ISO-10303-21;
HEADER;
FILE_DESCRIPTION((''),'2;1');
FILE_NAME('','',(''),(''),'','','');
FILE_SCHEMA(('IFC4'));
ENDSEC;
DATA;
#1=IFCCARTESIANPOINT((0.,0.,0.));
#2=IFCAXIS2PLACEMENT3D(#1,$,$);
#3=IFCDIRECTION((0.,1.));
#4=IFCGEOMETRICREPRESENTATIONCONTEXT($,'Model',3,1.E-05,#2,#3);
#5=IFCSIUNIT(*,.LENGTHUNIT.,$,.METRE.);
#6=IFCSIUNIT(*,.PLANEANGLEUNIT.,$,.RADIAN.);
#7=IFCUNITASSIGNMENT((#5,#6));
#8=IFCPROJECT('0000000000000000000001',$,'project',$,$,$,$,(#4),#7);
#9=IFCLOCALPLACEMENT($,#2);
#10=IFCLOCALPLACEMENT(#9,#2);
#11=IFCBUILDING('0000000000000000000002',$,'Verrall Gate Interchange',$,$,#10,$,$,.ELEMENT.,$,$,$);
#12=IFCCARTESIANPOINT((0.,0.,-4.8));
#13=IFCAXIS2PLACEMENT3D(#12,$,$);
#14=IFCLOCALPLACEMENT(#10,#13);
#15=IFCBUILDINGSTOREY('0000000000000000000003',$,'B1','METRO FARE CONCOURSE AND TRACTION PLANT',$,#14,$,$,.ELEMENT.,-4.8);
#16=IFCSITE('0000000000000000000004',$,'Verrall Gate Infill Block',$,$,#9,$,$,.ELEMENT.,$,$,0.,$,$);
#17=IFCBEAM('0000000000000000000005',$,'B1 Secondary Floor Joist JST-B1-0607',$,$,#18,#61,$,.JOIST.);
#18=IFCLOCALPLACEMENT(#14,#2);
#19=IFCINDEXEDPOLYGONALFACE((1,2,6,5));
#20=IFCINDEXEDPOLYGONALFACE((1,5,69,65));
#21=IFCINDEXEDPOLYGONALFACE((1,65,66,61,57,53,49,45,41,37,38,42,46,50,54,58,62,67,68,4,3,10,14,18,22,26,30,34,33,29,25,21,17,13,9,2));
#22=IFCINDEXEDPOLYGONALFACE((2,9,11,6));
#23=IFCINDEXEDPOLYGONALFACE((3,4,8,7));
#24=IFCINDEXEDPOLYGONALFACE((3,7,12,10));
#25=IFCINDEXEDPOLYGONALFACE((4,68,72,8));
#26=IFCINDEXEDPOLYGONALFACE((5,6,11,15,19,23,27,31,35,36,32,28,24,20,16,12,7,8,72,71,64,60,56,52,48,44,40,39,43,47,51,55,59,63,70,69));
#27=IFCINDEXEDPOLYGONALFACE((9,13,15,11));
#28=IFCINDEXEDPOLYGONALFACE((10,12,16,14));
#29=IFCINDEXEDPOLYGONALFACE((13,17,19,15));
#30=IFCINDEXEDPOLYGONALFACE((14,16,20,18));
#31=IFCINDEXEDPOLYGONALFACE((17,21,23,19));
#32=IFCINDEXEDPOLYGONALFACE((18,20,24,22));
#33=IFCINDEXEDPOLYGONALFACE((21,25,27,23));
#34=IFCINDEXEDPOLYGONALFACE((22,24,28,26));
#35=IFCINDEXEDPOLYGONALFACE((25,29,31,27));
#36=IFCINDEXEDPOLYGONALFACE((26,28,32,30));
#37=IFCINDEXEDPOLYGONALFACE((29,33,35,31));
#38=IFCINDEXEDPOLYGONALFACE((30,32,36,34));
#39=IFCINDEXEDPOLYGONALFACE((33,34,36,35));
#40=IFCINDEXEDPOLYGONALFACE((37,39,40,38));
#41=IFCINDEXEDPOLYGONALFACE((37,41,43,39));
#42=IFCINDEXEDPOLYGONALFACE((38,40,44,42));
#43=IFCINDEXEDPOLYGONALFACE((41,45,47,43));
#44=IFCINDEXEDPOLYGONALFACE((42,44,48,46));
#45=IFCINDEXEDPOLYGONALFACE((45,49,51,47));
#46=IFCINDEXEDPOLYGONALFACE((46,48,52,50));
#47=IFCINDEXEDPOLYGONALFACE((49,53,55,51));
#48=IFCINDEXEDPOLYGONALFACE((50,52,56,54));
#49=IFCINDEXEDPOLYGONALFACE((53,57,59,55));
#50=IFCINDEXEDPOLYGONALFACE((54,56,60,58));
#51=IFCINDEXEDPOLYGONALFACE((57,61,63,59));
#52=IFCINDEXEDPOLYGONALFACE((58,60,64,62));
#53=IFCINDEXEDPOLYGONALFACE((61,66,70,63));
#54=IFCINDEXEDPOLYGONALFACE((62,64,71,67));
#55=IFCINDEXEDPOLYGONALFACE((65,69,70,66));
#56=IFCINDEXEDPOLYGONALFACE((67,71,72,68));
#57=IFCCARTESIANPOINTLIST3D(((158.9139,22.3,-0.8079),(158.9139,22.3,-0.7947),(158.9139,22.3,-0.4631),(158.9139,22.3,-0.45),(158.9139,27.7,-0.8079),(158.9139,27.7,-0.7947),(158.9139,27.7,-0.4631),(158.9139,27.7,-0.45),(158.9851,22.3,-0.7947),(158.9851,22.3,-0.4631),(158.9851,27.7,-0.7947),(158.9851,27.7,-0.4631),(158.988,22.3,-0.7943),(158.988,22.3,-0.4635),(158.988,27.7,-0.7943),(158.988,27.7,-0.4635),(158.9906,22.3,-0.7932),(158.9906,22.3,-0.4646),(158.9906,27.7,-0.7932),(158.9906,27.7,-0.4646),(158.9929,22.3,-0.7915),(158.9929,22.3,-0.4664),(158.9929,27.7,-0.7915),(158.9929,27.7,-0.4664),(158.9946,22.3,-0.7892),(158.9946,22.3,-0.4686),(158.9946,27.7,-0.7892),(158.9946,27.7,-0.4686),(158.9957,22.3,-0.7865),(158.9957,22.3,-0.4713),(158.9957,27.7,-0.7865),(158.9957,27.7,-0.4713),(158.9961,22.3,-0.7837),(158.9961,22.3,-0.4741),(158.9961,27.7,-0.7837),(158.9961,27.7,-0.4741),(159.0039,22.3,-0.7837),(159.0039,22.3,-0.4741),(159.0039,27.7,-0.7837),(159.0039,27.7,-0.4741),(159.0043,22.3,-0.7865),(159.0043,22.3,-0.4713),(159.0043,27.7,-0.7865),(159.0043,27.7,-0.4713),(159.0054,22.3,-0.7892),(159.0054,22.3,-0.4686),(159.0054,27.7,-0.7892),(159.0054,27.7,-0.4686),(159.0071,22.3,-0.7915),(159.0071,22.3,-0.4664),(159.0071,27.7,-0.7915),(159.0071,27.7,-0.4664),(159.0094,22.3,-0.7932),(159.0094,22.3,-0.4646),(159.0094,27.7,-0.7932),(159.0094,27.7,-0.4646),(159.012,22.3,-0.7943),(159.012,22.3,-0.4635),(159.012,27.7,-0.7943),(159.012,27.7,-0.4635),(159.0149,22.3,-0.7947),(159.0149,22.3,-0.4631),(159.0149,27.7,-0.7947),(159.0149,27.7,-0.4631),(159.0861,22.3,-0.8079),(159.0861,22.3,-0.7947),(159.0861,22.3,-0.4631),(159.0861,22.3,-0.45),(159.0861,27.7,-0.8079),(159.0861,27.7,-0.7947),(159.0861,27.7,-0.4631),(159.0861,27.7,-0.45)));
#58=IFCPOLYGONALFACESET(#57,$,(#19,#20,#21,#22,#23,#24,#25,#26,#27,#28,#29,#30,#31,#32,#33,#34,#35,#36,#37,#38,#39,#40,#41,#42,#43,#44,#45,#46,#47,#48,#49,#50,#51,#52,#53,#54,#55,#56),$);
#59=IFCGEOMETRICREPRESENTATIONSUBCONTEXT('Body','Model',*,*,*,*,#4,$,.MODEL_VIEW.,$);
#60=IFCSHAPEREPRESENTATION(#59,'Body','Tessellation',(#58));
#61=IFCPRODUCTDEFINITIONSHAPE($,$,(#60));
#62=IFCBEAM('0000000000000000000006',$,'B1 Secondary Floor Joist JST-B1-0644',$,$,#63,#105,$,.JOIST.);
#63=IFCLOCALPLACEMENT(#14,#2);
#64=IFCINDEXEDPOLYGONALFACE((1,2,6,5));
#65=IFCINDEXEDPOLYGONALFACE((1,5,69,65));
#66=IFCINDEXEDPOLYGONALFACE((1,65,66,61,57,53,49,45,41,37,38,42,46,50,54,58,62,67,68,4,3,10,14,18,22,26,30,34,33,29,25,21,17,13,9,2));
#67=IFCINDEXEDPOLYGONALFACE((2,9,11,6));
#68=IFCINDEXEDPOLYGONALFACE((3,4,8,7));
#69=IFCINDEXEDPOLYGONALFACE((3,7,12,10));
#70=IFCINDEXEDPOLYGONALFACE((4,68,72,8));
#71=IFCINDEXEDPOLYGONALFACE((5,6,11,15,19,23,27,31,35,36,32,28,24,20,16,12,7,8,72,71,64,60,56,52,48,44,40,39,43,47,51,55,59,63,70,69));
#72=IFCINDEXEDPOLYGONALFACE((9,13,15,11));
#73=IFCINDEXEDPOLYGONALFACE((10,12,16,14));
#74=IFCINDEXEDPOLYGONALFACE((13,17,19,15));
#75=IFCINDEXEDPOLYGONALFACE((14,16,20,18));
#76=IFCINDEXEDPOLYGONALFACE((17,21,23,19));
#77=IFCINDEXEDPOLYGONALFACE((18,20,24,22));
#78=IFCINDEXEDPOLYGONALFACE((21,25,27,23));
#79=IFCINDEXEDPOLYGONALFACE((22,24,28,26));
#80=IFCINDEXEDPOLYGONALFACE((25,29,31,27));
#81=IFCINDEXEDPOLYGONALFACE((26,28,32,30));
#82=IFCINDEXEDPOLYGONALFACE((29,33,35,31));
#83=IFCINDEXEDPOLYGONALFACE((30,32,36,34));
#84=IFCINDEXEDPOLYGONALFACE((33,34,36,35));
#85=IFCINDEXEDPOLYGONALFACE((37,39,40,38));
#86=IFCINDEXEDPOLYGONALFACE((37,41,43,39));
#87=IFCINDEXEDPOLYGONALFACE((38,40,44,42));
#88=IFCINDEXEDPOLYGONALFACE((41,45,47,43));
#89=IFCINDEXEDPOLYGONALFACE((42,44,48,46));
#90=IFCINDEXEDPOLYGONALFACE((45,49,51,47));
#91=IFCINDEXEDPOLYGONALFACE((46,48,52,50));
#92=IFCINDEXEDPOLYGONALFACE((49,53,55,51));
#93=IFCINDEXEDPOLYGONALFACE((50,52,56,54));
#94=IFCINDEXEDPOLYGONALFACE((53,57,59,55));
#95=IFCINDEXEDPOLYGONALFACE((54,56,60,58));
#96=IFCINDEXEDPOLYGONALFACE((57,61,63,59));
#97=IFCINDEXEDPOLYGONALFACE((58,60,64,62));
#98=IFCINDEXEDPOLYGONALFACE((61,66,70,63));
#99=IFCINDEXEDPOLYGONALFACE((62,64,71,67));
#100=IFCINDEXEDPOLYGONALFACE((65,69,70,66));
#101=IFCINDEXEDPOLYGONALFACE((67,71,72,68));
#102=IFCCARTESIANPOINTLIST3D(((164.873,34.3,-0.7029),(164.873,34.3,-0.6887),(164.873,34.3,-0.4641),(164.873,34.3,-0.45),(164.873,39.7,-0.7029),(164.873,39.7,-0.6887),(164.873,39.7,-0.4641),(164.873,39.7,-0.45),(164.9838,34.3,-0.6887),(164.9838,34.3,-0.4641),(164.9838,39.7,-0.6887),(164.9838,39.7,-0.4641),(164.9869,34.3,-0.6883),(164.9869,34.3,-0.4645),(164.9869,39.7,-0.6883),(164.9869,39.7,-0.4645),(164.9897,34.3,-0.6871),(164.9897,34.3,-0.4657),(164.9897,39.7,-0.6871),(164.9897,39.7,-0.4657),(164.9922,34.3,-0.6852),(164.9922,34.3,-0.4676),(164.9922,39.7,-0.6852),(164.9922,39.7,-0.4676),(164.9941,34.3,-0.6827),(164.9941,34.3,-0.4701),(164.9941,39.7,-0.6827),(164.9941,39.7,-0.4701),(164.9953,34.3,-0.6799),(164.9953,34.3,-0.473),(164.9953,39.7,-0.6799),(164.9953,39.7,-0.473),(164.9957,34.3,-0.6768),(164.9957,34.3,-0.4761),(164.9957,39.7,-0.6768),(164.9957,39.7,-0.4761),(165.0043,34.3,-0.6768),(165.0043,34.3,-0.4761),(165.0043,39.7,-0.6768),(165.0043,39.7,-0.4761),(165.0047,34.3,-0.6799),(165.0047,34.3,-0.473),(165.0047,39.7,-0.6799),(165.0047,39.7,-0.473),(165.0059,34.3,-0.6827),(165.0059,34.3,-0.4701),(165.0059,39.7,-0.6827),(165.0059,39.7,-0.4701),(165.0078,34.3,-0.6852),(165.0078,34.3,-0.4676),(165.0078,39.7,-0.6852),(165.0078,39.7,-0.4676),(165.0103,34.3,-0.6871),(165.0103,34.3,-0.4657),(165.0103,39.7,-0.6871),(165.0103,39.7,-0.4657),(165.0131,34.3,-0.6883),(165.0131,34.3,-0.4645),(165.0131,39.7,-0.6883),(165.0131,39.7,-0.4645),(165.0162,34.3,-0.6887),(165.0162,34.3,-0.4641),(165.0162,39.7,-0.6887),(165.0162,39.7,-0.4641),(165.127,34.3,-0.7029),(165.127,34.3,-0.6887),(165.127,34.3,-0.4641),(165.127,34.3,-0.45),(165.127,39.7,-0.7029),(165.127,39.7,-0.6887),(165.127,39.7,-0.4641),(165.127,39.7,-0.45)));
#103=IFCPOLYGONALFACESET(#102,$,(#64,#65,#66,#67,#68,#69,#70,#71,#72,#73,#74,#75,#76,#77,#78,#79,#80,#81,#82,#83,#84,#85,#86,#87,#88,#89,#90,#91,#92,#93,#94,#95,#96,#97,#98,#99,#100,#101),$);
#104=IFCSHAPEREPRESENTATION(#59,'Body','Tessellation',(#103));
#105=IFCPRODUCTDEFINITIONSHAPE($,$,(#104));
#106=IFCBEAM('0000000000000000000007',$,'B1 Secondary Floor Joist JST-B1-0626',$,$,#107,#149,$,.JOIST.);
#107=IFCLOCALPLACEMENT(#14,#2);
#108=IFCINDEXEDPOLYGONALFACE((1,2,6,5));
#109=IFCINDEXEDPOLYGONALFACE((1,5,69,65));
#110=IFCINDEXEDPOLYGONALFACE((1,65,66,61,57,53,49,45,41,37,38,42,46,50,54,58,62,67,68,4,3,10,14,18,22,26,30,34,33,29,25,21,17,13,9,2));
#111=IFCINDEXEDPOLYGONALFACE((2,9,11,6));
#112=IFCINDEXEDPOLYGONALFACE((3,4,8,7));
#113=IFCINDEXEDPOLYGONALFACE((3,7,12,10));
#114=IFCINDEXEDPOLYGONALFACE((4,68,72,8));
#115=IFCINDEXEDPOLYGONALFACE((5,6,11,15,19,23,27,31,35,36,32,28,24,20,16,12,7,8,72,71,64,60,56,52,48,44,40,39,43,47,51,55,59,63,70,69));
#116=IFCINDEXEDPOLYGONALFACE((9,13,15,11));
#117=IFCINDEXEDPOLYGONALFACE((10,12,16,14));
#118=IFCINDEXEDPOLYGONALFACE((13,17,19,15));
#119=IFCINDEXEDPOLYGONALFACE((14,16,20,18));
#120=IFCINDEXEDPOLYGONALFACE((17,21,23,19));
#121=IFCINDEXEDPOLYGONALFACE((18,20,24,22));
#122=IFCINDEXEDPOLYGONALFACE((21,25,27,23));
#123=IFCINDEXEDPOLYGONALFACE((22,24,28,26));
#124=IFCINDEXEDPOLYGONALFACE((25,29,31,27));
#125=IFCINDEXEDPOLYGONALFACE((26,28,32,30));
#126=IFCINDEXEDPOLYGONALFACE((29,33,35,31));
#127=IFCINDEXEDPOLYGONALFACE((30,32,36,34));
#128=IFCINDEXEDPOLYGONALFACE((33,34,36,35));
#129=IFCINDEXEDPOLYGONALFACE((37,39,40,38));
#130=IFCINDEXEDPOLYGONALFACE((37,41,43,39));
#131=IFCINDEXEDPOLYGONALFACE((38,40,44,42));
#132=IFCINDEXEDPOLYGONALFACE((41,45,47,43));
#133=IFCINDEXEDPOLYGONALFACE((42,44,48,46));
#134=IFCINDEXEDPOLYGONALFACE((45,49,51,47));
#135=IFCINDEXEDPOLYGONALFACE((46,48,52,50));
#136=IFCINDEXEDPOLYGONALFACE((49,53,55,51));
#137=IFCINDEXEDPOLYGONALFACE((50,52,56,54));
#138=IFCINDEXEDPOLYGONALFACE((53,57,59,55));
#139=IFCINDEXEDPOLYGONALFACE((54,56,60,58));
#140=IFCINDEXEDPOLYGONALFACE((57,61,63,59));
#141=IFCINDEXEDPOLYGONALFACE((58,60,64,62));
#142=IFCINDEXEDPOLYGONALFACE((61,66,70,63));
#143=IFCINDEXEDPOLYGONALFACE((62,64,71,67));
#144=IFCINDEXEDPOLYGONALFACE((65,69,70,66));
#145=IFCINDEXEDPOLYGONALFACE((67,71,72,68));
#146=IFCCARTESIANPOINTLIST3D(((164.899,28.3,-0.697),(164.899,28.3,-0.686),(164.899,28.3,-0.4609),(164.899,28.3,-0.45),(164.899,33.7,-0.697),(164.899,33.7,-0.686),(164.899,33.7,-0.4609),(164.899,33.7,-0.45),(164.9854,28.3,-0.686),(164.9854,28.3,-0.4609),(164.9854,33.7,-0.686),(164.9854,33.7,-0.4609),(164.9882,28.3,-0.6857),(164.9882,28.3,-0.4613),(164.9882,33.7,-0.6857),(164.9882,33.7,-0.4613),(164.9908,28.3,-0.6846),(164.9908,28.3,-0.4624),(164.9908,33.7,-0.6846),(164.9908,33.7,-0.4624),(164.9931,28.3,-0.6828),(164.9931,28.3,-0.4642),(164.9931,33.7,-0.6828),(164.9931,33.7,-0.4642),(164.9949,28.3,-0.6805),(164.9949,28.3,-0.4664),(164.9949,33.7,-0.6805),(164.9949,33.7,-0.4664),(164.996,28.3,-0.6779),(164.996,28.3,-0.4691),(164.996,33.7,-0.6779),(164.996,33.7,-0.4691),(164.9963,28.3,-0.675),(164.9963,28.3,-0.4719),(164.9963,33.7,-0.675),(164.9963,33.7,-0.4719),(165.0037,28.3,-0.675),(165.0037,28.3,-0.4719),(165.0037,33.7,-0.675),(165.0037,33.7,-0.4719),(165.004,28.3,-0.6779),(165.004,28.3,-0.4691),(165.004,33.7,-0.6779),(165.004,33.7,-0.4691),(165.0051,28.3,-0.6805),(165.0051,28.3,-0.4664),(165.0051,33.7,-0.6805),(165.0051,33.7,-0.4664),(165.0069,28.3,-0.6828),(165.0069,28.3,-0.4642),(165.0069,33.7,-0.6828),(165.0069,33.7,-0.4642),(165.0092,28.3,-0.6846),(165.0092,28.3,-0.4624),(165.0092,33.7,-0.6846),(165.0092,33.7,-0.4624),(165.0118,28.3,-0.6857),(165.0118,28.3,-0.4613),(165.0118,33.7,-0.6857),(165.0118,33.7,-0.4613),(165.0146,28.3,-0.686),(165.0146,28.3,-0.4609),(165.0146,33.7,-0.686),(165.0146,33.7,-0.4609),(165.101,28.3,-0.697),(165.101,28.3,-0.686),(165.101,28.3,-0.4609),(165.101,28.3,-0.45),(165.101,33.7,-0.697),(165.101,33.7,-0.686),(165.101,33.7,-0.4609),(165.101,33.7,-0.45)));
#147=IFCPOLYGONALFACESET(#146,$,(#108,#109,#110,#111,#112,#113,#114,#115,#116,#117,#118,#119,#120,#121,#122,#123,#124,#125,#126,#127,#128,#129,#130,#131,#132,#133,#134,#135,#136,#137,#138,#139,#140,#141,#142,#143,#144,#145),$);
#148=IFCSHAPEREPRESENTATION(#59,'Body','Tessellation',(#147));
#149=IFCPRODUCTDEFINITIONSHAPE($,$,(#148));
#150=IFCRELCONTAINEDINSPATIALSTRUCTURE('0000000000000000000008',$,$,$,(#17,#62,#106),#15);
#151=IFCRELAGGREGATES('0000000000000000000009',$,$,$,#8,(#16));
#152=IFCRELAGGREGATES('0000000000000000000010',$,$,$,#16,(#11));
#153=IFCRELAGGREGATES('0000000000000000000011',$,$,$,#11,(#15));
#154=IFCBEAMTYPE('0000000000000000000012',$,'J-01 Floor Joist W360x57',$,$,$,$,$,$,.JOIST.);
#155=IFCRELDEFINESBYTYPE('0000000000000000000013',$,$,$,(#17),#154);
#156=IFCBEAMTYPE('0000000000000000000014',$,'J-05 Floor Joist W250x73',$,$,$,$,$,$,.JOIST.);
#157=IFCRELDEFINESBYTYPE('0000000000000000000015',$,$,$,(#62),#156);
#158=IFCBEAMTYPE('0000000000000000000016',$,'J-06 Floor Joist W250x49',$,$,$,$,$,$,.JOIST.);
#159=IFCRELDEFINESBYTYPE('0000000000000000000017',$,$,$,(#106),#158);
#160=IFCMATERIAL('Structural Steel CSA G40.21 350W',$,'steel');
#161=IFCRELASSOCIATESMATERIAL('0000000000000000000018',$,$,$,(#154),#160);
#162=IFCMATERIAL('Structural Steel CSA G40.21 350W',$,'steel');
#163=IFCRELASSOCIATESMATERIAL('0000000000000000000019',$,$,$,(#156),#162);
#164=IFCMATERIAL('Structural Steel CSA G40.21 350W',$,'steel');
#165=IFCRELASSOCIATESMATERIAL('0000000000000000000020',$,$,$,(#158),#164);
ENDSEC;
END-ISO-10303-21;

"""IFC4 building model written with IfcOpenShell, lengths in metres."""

from ifc_helpers import new_model, si_unit, direction, frame, origin, origin_2d, place, context, subcontext, project, spatial, i_section, extrude, material, material_profile, profile_set, type_object, element, save


model = new_model("IFC4")

# Units and contexts
model_context = context("Model", 3, precision=1e-05, world=origin(), true_north=direction((0.0, 1.0)))
body_context = subcontext(model_context, "Body", "Model", "MODEL_VIEW")
ifc_project = project(units=[si_unit("LENGTHUNIT", "METRE"), si_unit("PLANEANGLEUNIT", "RADIAN")], contexts=[model_context])

# Site, building, storey
site_placement = place(None, origin())
site = spatial("IfcSite", under=ifc_project, at=site_placement, Name="Verrall Gate Infill Block", CompositionType="ELEMENT", RefElevation=0.0)
building_placement = place(site_placement, origin())
building = spatial("IfcBuilding", under=site, at=building_placement, Name="Verrall Gate Interchange", CompositionType="ELEMENT")
storey_placement = place(building_placement, frame((0.0, 0.0, -4.8)))
storey = spatial("IfcBuildingStorey", under=building, at=storey_placement, Name="B1", Description="METRO FARE CONCOURSE AND TRACTION PLANT", CompositionType="ELEMENT", Elevation=-4.8)

# Beams
ifc_material_1 = material(Name="Structural Steel CSA G40.21 350W", Category="steel")
ifc_material_profile_1 = material_profile(ifc_material_1, i_section(OverallWidth=0.1721, OverallDepth=0.3579, WebThickness=0.0078, FlangeThickness=0.0132, FilletRadius=0.011, at=origin_2d()), Name="W360x57")
ifc_profile_set_1 = profile_set([ifc_material_profile_1], Name="Structural Steel CSA G40.21 350W")
beam_type_1 = type_object("IfcBeamType", Name="J-01 Floor Joist W360x57", PredefinedType="JOIST", material=ifc_profile_set_1)
beam_1_placement = place(storey_placement, frame((159.0, 22.3, -0.6289), z_axis=(0.0, 1.0, 0.0), x_axis=(-1.0, 0.0, 0.0)))
element("IfcBeam", 1, at=beam_1_placement, inside=storey, type_object=beam_type_1, Name="B1 Secondary Floor Joist JST-B1-0607", PredefinedType="JOIST", context=body_context, shape_type="SweptSolid", body=[
    extrude(i_section(OverallWidth=0.1721, OverallDepth=0.3579, WebThickness=0.0078, FlangeThickness=0.0132, FilletRadius=0.011, at=origin_2d()), origin(), (0.0, 0.0, 1.0), 5.3999),
])
ifc_material_2 = material(Name="Structural Steel CSA G40.21 350W", Category="steel")
ifc_material_profile_2 = material_profile(ifc_material_2, i_section(OverallWidth=0.2539, OverallDepth=0.2529, WebThickness=0.0085, FlangeThickness=0.0142, FilletRadius=0.012, at=origin_2d()), Name="W250x73")
ifc_profile_set_2 = profile_set([ifc_material_profile_2], Name="Structural Steel CSA G40.21 350W")
beam_type_2 = type_object("IfcBeamType", Name="J-05 Floor Joist W250x73", PredefinedType="JOIST", material=ifc_profile_set_2)
beam_2_placement = place(storey_placement, frame((165.0, 34.3, -0.5764), z_axis=(0.0, 1.0, 0.0), x_axis=(-1.0, 0.0, 0.0)))
element("IfcBeam", 2, at=beam_2_placement, inside=storey, type_object=beam_type_2, Name="B1 Secondary Floor Joist JST-B1-0644", PredefinedType="JOIST", context=body_context, shape_type="SweptSolid", body=[
    extrude(i_section(OverallWidth=0.2539, OverallDepth=0.2529, WebThickness=0.0085, FlangeThickness=0.0142, FilletRadius=0.012, at=origin_2d()), origin(), (0.0, 0.0, 1.0), 5.3999),
])
ifc_material_3 = material(Name="Structural Steel CSA G40.21 350W", Category="steel")
ifc_material_profile_3 = material_profile(ifc_material_3, i_section(OverallWidth=0.2019, OverallDepth=0.2471, WebThickness=0.0073, FlangeThickness=0.011, FilletRadius=0.011, at=origin_2d()), Name="W250x49")
ifc_profile_set_3 = profile_set([ifc_material_profile_3], Name="Structural Steel CSA G40.21 350W")
beam_type_3 = type_object("IfcBeamType", Name="J-06 Floor Joist W250x49", PredefinedType="JOIST", material=ifc_profile_set_3)
beam_3_placement = place(storey_placement, frame((165.0, 28.3, -0.5735), z_axis=(0.0, 1.0, 0.0), x_axis=(-1.0, 0.0, 0.0)))
element("IfcBeam", 3, at=beam_3_placement, inside=storey, type_object=beam_type_3, Name="B1 Secondary Floor Joist JST-B1-0626", PredefinedType="JOIST", context=body_context, shape_type="SweptSolid", body=[
    extrude(i_section(OverallWidth=0.2019, OverallDepth=0.2471, WebThickness=0.0073, FlangeThickness=0.011, FilletRadius=0.011, at=origin_2d()), origin(), (0.0, 0.0, 1.0), 5.3999),
])

save(model, "model.ifc")
